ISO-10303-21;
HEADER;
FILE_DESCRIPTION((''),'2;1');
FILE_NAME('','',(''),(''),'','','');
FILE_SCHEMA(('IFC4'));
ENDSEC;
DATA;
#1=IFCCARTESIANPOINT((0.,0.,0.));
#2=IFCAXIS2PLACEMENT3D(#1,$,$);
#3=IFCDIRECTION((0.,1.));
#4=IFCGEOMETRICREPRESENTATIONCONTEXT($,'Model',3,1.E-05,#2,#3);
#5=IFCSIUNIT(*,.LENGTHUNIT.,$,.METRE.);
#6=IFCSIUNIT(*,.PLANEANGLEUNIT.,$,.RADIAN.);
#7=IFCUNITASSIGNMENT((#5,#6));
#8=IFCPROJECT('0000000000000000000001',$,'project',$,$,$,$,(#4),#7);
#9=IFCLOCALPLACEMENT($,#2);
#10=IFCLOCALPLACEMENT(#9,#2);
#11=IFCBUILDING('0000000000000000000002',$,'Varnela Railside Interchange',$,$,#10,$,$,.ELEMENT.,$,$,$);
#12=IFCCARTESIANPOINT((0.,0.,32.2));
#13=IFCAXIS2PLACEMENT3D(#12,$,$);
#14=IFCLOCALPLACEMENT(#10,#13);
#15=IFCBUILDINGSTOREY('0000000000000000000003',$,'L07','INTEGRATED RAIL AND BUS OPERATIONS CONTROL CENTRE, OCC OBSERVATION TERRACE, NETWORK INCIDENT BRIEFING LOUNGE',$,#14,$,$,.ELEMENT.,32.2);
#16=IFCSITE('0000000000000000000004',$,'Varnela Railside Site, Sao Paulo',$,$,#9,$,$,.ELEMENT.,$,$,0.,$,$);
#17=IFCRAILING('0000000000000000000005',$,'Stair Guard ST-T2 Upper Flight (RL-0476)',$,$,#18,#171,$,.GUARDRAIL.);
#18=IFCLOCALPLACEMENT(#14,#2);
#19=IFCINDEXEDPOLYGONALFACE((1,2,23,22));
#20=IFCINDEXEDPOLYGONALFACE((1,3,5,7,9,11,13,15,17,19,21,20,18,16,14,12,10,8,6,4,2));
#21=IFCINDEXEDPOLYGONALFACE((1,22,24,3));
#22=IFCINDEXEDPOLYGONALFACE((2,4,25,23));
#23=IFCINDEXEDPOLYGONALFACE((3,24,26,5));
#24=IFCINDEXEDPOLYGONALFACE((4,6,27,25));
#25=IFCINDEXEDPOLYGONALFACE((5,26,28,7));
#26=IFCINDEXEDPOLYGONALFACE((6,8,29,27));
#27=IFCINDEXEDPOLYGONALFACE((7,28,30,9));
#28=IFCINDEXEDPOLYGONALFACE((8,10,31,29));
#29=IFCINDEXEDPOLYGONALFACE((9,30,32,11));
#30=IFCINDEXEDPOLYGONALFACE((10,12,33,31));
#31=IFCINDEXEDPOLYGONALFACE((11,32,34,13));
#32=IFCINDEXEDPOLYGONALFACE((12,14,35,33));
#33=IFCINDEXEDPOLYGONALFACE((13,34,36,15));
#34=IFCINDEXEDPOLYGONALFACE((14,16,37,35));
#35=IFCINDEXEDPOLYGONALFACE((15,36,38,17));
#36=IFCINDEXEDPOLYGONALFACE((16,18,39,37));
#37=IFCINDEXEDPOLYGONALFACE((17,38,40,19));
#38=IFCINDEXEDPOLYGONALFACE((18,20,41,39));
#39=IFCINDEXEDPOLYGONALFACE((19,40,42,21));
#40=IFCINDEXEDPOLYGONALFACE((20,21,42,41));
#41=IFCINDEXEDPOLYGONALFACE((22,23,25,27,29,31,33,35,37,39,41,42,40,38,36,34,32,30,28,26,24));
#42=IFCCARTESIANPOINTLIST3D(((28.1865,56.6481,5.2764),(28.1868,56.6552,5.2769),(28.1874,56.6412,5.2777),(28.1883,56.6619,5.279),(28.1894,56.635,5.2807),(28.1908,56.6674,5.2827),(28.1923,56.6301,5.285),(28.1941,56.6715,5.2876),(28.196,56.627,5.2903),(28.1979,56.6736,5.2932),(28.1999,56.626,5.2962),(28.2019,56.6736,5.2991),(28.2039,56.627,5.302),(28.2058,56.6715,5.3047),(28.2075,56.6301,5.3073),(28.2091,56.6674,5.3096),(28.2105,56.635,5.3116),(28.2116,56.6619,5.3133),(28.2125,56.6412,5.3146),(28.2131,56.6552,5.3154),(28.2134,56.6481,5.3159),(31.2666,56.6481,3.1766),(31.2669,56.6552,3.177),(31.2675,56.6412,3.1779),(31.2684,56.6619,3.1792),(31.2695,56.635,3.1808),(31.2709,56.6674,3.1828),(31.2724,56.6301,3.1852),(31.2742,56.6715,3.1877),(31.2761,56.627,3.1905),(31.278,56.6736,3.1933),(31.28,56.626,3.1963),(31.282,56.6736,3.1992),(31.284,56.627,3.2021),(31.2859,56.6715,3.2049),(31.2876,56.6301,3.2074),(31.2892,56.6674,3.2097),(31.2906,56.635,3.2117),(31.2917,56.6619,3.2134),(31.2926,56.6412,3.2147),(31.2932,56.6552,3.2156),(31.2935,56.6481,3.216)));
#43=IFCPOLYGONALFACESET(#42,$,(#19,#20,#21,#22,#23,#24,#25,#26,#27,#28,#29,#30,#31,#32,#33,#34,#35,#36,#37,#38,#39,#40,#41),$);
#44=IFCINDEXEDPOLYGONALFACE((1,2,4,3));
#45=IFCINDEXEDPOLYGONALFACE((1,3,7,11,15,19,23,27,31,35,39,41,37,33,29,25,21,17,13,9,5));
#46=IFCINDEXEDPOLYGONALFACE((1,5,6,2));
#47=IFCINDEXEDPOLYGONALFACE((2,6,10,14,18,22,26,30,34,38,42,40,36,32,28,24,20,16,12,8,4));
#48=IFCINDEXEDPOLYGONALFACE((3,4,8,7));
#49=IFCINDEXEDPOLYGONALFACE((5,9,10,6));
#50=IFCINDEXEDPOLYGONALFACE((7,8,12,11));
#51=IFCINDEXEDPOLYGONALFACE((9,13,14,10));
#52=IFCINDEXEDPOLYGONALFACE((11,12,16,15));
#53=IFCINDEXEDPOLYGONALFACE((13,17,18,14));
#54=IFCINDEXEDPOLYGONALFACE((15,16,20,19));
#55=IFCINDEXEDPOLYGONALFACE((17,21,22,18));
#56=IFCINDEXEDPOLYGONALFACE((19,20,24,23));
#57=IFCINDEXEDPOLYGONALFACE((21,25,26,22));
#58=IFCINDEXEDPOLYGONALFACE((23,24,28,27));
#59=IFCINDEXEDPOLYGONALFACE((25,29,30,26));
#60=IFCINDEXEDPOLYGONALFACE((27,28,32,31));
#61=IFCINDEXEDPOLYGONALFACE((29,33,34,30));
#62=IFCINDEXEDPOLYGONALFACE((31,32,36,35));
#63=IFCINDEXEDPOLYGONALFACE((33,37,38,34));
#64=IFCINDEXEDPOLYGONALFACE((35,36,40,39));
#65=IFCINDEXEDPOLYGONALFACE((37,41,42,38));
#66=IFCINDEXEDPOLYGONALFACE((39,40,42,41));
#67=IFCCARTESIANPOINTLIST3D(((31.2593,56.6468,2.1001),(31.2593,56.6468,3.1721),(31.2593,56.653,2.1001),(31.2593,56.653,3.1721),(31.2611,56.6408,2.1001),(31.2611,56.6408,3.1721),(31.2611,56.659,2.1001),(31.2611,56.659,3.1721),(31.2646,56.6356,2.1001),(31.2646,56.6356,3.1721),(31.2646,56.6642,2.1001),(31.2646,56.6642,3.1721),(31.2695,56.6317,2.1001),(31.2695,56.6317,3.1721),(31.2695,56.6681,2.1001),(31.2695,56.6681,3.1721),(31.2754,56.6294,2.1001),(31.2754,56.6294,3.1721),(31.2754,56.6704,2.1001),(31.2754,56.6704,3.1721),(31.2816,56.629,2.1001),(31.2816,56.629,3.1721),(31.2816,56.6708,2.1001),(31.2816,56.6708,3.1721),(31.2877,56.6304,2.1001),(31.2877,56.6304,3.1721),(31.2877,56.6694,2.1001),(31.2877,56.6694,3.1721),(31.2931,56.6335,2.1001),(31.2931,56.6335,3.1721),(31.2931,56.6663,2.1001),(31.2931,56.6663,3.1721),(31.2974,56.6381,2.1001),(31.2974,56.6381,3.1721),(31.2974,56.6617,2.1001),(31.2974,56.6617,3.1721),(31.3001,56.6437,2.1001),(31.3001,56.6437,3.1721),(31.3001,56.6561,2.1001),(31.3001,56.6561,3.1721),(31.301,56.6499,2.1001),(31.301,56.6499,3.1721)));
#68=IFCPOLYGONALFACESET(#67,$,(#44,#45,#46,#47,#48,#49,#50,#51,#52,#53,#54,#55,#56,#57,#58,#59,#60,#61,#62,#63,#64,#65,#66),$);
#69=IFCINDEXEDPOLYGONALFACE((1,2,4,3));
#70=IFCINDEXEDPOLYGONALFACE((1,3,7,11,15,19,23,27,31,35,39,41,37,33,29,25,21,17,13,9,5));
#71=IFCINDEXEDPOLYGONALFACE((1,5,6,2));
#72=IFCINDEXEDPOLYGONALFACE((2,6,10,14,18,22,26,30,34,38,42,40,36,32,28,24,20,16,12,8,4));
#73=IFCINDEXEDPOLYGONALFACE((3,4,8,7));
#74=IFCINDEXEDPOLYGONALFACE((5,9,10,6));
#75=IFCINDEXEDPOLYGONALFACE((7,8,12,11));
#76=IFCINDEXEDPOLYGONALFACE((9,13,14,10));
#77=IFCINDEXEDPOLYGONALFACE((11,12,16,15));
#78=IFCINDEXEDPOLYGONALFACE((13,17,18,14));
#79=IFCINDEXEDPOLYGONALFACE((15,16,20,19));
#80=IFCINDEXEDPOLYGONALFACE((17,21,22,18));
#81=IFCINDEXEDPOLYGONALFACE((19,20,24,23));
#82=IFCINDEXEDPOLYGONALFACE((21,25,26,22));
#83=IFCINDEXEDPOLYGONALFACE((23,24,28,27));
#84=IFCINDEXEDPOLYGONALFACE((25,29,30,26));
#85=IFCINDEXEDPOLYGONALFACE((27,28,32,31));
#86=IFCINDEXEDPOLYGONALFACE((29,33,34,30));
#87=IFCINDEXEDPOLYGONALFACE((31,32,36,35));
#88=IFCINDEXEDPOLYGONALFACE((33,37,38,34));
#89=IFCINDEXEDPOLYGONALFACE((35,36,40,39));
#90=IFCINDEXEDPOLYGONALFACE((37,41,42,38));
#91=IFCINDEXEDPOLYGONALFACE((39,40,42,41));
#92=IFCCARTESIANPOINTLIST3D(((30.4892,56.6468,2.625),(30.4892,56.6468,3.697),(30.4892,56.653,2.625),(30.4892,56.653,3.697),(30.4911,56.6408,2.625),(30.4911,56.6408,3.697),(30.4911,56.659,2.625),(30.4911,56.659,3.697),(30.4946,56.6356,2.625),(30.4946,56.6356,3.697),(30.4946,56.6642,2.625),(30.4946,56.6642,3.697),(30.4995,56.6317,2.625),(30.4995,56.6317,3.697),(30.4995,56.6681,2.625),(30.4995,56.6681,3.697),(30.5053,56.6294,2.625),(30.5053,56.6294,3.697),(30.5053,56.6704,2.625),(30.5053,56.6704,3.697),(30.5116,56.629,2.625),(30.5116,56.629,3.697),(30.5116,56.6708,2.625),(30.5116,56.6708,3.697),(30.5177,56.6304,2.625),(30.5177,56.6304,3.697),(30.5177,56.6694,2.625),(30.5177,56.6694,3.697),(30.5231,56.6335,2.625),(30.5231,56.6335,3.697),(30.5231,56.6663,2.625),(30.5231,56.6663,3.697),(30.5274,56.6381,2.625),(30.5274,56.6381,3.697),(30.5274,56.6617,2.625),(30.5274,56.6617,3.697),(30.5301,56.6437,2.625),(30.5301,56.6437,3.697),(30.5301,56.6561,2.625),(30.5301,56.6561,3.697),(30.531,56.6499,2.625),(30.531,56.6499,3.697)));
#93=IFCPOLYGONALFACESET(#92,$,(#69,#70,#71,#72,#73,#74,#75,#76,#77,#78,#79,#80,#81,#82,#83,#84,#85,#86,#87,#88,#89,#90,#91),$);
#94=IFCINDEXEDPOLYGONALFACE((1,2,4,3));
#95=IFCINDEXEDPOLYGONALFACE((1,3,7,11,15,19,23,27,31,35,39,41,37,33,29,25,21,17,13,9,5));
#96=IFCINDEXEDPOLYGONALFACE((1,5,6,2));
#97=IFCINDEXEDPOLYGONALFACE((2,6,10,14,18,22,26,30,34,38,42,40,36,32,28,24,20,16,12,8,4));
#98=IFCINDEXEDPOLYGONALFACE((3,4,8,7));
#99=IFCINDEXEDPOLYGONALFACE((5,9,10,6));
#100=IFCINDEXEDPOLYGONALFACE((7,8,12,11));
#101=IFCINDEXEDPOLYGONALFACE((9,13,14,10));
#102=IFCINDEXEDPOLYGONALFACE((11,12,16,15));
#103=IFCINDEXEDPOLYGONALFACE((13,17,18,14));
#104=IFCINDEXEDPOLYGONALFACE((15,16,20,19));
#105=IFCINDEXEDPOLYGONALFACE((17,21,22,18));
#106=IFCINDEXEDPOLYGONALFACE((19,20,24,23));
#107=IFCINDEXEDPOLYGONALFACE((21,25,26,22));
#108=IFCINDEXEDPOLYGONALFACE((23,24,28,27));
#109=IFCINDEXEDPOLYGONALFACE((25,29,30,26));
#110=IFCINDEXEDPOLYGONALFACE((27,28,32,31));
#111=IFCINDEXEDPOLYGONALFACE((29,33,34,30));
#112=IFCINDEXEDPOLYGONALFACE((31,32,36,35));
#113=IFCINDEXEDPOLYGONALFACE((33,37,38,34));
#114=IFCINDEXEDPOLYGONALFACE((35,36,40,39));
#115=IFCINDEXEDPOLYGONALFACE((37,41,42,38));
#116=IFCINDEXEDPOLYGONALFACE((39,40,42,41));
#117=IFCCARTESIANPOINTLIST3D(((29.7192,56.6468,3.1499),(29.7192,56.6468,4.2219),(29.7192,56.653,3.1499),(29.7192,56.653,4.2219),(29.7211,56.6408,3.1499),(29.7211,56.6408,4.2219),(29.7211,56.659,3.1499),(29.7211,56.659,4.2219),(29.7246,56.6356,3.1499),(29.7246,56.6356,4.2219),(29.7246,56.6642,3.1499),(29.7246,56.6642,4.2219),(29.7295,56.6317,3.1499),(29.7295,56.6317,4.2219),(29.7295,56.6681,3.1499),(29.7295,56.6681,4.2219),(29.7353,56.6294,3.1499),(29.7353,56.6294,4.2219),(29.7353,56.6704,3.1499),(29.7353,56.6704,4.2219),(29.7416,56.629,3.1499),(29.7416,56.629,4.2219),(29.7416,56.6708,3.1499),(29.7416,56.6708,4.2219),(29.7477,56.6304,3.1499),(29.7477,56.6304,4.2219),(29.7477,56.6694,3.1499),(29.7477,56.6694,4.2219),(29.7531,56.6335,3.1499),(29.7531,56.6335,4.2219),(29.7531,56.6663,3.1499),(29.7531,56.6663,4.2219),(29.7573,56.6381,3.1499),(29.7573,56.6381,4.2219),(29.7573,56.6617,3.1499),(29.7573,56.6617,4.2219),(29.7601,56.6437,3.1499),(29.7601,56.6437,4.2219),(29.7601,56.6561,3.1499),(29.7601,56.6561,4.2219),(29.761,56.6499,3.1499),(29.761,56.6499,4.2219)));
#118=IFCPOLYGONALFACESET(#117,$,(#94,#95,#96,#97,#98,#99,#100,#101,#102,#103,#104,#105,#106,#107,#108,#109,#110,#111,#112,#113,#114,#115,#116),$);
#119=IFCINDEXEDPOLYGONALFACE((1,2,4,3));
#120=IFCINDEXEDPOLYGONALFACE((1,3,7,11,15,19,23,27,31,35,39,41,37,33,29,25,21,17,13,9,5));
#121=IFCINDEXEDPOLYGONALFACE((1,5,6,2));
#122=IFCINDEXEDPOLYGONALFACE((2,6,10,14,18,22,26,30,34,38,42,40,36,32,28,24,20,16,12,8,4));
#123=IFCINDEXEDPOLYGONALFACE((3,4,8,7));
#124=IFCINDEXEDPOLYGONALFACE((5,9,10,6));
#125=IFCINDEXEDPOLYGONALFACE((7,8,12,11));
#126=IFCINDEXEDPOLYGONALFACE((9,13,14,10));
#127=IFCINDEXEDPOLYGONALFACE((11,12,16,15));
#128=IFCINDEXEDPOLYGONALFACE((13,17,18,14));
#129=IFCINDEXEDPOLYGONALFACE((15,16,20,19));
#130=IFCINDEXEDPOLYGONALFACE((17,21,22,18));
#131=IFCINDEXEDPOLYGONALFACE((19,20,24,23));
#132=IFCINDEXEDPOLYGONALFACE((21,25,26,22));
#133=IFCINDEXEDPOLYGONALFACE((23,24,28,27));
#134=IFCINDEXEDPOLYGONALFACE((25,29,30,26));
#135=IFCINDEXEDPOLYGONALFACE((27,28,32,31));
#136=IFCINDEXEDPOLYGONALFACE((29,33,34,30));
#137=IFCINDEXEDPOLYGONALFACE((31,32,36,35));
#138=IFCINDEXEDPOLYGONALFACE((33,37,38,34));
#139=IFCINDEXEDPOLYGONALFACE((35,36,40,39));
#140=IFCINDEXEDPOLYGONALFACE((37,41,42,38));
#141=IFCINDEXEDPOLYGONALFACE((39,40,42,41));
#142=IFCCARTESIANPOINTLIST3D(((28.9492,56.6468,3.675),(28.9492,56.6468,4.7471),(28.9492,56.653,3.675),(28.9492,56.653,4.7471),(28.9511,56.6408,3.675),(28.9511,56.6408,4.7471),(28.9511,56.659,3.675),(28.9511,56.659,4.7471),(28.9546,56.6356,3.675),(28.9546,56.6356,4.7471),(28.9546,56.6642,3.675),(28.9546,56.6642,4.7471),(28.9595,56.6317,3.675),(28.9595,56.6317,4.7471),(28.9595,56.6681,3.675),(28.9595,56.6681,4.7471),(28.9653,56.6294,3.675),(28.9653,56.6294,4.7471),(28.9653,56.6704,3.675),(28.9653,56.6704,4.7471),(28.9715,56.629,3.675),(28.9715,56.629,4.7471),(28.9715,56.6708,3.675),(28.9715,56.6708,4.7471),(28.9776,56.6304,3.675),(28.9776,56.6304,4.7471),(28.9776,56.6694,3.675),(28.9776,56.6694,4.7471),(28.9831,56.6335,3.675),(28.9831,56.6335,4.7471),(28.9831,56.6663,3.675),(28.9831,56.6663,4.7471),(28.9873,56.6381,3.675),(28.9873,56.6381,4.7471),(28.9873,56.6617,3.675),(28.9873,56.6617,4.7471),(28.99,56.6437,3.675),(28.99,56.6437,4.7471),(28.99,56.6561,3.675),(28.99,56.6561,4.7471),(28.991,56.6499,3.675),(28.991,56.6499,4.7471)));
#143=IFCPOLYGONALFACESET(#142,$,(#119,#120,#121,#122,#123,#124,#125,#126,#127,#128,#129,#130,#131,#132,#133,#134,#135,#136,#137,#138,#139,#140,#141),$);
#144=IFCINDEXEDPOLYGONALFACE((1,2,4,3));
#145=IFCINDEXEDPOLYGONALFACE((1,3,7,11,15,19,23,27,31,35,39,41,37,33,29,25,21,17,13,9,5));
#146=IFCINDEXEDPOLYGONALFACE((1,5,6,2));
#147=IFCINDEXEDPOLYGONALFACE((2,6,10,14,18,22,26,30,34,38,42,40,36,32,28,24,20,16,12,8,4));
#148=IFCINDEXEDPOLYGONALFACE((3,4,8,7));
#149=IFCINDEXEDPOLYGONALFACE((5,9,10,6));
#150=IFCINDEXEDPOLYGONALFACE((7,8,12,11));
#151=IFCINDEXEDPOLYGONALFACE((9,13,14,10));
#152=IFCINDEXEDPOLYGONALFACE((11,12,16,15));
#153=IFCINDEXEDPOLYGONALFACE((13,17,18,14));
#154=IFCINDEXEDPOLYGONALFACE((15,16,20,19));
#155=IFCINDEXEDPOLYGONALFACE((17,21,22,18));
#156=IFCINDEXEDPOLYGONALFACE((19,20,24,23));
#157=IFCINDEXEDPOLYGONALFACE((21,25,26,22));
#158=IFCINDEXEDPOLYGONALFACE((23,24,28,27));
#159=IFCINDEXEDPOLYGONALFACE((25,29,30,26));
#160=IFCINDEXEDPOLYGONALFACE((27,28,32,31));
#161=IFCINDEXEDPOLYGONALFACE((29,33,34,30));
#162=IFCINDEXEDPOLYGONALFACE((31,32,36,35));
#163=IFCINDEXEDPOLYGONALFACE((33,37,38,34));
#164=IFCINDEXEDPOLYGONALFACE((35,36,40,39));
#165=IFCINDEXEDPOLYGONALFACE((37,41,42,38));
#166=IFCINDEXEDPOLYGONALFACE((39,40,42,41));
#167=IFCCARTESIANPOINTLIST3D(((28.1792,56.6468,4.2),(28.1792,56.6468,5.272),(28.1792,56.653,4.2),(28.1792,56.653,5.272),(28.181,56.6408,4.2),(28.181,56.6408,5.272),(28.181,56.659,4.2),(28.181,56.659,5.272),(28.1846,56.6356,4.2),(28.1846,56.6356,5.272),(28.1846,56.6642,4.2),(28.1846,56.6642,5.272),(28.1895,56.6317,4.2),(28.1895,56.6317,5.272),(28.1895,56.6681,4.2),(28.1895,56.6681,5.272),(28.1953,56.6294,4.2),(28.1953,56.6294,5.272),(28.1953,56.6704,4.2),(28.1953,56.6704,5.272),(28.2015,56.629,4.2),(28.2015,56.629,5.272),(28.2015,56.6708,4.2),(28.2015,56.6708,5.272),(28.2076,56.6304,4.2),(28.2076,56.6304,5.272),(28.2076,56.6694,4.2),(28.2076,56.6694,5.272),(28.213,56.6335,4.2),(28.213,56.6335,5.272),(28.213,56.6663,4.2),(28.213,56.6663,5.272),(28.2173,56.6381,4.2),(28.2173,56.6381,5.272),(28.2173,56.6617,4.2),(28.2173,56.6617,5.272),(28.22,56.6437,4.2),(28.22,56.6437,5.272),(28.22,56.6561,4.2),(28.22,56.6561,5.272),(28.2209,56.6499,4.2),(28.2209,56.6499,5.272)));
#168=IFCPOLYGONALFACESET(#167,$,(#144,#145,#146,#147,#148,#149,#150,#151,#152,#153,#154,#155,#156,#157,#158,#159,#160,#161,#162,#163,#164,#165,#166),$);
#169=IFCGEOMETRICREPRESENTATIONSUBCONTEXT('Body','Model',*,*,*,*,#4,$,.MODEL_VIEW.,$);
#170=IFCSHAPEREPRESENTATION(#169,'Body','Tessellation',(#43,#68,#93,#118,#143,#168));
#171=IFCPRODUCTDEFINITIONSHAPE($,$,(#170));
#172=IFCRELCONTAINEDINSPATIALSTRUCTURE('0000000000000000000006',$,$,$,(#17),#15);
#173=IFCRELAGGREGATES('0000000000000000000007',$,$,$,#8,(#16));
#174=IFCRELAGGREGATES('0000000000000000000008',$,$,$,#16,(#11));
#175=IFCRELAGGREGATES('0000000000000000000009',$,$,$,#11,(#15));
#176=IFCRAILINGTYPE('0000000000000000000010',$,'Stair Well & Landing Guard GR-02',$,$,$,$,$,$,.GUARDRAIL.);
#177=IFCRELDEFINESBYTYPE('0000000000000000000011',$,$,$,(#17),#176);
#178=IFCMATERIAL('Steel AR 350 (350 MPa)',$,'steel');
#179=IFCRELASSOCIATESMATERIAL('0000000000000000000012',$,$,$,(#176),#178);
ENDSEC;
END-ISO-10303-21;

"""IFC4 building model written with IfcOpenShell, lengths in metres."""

from ifc_helpers import new_model, si_unit, direction, frame, origin, origin_2d, place, context, subcontext, project, spatial, circle, extrude, material, type_object, element, save


model = new_model("IFC4")

# Units and contexts
model_context = context("Model", 3, precision=1e-05, world=origin(), true_north=direction((0.0, 1.0)))
body_context = subcontext(model_context, "Body", "Model", "MODEL_VIEW")
ifc_project = project(units=[si_unit("LENGTHUNIT", "METRE"), si_unit("PLANEANGLEUNIT", "RADIAN")], contexts=[model_context])

# Site, building, storey
site_placement = place(None, origin())
site = spatial("IfcSite", under=ifc_project, at=site_placement, Name="Varnela Railside Site, Sao Paulo", CompositionType="ELEMENT", RefElevation=0.0)
building_placement = place(site_placement, origin())
building = spatial("IfcBuilding", under=site, at=building_placement, Name="Varnela Railside Interchange", CompositionType="ELEMENT")
storey_placement = place(building_placement, frame((0.0, 0.0, 32.2)))
storey = spatial("IfcBuildingStorey", under=building, at=storey_placement, Name="L07", Description="INTEGRATED RAIL AND BUS OPERATIONS CONTROL CENTRE, OCC OBSERVATION TERRACE, NETWORK INCIDENT BRIEFING LOUNGE", CompositionType="ELEMENT", Elevation=32.2)

# Shared definitions
ifc_material_1 = material(Name="Steel AR 350 (350 MPa)", Category="steel")

# Railing
railing_type_1 = type_object("IfcRailingType", Name="Stair Well & Landing Guard GR-02", PredefinedType="GUARDRAIL", material=ifc_material_1)
railing_1_placement = place(storey_placement, frame((31.28, 56.6499, 2.1001)))
element("IfcRailing", 1, at=railing_1_placement, inside=storey, type_object=railing_type_1, Name="Stair Guard ST-T2 Upper Flight (RL-0476)", PredefinedType="GUARDRAIL", context=body_context, shape_type="SweptSolid", body=[
    extrude(circle(Radius=0.0239, at=origin_2d()), frame((0.0, 0.0, 1.0962), z_axis=(-0.826252, 0.0, 0.5633), x_axis=(0.0, -1.0, 0.0)), (0.0, 0.0, 1.0), 3.7278),
    extrude(circle(Radius=0.021, at=origin_2d()), origin(), (0.0, 0.0, 1.0), 1.072),
    extrude(circle(Radius=0.021, at=origin_2d()), frame((-0.77, 0.0, 0.5249)), (0.0, 0.0, 1.0), 1.072),
    extrude(circle(Radius=0.021, at=origin_2d()), frame((-1.54, 0.0, 1.0498)), (0.0, 0.0, 1.0), 1.072),
    extrude(circle(Radius=0.021, at=origin_2d()), frame((-2.3101, 0.0, 1.575)), (0.0, 0.0, 1.0), 1.072),
    extrude(circle(Radius=0.021, at=origin_2d()), frame((-3.0801, 0.0, 2.0999)), (0.0, 0.0, 1.0), 1.072),
])

save(model, "model.ifc")
